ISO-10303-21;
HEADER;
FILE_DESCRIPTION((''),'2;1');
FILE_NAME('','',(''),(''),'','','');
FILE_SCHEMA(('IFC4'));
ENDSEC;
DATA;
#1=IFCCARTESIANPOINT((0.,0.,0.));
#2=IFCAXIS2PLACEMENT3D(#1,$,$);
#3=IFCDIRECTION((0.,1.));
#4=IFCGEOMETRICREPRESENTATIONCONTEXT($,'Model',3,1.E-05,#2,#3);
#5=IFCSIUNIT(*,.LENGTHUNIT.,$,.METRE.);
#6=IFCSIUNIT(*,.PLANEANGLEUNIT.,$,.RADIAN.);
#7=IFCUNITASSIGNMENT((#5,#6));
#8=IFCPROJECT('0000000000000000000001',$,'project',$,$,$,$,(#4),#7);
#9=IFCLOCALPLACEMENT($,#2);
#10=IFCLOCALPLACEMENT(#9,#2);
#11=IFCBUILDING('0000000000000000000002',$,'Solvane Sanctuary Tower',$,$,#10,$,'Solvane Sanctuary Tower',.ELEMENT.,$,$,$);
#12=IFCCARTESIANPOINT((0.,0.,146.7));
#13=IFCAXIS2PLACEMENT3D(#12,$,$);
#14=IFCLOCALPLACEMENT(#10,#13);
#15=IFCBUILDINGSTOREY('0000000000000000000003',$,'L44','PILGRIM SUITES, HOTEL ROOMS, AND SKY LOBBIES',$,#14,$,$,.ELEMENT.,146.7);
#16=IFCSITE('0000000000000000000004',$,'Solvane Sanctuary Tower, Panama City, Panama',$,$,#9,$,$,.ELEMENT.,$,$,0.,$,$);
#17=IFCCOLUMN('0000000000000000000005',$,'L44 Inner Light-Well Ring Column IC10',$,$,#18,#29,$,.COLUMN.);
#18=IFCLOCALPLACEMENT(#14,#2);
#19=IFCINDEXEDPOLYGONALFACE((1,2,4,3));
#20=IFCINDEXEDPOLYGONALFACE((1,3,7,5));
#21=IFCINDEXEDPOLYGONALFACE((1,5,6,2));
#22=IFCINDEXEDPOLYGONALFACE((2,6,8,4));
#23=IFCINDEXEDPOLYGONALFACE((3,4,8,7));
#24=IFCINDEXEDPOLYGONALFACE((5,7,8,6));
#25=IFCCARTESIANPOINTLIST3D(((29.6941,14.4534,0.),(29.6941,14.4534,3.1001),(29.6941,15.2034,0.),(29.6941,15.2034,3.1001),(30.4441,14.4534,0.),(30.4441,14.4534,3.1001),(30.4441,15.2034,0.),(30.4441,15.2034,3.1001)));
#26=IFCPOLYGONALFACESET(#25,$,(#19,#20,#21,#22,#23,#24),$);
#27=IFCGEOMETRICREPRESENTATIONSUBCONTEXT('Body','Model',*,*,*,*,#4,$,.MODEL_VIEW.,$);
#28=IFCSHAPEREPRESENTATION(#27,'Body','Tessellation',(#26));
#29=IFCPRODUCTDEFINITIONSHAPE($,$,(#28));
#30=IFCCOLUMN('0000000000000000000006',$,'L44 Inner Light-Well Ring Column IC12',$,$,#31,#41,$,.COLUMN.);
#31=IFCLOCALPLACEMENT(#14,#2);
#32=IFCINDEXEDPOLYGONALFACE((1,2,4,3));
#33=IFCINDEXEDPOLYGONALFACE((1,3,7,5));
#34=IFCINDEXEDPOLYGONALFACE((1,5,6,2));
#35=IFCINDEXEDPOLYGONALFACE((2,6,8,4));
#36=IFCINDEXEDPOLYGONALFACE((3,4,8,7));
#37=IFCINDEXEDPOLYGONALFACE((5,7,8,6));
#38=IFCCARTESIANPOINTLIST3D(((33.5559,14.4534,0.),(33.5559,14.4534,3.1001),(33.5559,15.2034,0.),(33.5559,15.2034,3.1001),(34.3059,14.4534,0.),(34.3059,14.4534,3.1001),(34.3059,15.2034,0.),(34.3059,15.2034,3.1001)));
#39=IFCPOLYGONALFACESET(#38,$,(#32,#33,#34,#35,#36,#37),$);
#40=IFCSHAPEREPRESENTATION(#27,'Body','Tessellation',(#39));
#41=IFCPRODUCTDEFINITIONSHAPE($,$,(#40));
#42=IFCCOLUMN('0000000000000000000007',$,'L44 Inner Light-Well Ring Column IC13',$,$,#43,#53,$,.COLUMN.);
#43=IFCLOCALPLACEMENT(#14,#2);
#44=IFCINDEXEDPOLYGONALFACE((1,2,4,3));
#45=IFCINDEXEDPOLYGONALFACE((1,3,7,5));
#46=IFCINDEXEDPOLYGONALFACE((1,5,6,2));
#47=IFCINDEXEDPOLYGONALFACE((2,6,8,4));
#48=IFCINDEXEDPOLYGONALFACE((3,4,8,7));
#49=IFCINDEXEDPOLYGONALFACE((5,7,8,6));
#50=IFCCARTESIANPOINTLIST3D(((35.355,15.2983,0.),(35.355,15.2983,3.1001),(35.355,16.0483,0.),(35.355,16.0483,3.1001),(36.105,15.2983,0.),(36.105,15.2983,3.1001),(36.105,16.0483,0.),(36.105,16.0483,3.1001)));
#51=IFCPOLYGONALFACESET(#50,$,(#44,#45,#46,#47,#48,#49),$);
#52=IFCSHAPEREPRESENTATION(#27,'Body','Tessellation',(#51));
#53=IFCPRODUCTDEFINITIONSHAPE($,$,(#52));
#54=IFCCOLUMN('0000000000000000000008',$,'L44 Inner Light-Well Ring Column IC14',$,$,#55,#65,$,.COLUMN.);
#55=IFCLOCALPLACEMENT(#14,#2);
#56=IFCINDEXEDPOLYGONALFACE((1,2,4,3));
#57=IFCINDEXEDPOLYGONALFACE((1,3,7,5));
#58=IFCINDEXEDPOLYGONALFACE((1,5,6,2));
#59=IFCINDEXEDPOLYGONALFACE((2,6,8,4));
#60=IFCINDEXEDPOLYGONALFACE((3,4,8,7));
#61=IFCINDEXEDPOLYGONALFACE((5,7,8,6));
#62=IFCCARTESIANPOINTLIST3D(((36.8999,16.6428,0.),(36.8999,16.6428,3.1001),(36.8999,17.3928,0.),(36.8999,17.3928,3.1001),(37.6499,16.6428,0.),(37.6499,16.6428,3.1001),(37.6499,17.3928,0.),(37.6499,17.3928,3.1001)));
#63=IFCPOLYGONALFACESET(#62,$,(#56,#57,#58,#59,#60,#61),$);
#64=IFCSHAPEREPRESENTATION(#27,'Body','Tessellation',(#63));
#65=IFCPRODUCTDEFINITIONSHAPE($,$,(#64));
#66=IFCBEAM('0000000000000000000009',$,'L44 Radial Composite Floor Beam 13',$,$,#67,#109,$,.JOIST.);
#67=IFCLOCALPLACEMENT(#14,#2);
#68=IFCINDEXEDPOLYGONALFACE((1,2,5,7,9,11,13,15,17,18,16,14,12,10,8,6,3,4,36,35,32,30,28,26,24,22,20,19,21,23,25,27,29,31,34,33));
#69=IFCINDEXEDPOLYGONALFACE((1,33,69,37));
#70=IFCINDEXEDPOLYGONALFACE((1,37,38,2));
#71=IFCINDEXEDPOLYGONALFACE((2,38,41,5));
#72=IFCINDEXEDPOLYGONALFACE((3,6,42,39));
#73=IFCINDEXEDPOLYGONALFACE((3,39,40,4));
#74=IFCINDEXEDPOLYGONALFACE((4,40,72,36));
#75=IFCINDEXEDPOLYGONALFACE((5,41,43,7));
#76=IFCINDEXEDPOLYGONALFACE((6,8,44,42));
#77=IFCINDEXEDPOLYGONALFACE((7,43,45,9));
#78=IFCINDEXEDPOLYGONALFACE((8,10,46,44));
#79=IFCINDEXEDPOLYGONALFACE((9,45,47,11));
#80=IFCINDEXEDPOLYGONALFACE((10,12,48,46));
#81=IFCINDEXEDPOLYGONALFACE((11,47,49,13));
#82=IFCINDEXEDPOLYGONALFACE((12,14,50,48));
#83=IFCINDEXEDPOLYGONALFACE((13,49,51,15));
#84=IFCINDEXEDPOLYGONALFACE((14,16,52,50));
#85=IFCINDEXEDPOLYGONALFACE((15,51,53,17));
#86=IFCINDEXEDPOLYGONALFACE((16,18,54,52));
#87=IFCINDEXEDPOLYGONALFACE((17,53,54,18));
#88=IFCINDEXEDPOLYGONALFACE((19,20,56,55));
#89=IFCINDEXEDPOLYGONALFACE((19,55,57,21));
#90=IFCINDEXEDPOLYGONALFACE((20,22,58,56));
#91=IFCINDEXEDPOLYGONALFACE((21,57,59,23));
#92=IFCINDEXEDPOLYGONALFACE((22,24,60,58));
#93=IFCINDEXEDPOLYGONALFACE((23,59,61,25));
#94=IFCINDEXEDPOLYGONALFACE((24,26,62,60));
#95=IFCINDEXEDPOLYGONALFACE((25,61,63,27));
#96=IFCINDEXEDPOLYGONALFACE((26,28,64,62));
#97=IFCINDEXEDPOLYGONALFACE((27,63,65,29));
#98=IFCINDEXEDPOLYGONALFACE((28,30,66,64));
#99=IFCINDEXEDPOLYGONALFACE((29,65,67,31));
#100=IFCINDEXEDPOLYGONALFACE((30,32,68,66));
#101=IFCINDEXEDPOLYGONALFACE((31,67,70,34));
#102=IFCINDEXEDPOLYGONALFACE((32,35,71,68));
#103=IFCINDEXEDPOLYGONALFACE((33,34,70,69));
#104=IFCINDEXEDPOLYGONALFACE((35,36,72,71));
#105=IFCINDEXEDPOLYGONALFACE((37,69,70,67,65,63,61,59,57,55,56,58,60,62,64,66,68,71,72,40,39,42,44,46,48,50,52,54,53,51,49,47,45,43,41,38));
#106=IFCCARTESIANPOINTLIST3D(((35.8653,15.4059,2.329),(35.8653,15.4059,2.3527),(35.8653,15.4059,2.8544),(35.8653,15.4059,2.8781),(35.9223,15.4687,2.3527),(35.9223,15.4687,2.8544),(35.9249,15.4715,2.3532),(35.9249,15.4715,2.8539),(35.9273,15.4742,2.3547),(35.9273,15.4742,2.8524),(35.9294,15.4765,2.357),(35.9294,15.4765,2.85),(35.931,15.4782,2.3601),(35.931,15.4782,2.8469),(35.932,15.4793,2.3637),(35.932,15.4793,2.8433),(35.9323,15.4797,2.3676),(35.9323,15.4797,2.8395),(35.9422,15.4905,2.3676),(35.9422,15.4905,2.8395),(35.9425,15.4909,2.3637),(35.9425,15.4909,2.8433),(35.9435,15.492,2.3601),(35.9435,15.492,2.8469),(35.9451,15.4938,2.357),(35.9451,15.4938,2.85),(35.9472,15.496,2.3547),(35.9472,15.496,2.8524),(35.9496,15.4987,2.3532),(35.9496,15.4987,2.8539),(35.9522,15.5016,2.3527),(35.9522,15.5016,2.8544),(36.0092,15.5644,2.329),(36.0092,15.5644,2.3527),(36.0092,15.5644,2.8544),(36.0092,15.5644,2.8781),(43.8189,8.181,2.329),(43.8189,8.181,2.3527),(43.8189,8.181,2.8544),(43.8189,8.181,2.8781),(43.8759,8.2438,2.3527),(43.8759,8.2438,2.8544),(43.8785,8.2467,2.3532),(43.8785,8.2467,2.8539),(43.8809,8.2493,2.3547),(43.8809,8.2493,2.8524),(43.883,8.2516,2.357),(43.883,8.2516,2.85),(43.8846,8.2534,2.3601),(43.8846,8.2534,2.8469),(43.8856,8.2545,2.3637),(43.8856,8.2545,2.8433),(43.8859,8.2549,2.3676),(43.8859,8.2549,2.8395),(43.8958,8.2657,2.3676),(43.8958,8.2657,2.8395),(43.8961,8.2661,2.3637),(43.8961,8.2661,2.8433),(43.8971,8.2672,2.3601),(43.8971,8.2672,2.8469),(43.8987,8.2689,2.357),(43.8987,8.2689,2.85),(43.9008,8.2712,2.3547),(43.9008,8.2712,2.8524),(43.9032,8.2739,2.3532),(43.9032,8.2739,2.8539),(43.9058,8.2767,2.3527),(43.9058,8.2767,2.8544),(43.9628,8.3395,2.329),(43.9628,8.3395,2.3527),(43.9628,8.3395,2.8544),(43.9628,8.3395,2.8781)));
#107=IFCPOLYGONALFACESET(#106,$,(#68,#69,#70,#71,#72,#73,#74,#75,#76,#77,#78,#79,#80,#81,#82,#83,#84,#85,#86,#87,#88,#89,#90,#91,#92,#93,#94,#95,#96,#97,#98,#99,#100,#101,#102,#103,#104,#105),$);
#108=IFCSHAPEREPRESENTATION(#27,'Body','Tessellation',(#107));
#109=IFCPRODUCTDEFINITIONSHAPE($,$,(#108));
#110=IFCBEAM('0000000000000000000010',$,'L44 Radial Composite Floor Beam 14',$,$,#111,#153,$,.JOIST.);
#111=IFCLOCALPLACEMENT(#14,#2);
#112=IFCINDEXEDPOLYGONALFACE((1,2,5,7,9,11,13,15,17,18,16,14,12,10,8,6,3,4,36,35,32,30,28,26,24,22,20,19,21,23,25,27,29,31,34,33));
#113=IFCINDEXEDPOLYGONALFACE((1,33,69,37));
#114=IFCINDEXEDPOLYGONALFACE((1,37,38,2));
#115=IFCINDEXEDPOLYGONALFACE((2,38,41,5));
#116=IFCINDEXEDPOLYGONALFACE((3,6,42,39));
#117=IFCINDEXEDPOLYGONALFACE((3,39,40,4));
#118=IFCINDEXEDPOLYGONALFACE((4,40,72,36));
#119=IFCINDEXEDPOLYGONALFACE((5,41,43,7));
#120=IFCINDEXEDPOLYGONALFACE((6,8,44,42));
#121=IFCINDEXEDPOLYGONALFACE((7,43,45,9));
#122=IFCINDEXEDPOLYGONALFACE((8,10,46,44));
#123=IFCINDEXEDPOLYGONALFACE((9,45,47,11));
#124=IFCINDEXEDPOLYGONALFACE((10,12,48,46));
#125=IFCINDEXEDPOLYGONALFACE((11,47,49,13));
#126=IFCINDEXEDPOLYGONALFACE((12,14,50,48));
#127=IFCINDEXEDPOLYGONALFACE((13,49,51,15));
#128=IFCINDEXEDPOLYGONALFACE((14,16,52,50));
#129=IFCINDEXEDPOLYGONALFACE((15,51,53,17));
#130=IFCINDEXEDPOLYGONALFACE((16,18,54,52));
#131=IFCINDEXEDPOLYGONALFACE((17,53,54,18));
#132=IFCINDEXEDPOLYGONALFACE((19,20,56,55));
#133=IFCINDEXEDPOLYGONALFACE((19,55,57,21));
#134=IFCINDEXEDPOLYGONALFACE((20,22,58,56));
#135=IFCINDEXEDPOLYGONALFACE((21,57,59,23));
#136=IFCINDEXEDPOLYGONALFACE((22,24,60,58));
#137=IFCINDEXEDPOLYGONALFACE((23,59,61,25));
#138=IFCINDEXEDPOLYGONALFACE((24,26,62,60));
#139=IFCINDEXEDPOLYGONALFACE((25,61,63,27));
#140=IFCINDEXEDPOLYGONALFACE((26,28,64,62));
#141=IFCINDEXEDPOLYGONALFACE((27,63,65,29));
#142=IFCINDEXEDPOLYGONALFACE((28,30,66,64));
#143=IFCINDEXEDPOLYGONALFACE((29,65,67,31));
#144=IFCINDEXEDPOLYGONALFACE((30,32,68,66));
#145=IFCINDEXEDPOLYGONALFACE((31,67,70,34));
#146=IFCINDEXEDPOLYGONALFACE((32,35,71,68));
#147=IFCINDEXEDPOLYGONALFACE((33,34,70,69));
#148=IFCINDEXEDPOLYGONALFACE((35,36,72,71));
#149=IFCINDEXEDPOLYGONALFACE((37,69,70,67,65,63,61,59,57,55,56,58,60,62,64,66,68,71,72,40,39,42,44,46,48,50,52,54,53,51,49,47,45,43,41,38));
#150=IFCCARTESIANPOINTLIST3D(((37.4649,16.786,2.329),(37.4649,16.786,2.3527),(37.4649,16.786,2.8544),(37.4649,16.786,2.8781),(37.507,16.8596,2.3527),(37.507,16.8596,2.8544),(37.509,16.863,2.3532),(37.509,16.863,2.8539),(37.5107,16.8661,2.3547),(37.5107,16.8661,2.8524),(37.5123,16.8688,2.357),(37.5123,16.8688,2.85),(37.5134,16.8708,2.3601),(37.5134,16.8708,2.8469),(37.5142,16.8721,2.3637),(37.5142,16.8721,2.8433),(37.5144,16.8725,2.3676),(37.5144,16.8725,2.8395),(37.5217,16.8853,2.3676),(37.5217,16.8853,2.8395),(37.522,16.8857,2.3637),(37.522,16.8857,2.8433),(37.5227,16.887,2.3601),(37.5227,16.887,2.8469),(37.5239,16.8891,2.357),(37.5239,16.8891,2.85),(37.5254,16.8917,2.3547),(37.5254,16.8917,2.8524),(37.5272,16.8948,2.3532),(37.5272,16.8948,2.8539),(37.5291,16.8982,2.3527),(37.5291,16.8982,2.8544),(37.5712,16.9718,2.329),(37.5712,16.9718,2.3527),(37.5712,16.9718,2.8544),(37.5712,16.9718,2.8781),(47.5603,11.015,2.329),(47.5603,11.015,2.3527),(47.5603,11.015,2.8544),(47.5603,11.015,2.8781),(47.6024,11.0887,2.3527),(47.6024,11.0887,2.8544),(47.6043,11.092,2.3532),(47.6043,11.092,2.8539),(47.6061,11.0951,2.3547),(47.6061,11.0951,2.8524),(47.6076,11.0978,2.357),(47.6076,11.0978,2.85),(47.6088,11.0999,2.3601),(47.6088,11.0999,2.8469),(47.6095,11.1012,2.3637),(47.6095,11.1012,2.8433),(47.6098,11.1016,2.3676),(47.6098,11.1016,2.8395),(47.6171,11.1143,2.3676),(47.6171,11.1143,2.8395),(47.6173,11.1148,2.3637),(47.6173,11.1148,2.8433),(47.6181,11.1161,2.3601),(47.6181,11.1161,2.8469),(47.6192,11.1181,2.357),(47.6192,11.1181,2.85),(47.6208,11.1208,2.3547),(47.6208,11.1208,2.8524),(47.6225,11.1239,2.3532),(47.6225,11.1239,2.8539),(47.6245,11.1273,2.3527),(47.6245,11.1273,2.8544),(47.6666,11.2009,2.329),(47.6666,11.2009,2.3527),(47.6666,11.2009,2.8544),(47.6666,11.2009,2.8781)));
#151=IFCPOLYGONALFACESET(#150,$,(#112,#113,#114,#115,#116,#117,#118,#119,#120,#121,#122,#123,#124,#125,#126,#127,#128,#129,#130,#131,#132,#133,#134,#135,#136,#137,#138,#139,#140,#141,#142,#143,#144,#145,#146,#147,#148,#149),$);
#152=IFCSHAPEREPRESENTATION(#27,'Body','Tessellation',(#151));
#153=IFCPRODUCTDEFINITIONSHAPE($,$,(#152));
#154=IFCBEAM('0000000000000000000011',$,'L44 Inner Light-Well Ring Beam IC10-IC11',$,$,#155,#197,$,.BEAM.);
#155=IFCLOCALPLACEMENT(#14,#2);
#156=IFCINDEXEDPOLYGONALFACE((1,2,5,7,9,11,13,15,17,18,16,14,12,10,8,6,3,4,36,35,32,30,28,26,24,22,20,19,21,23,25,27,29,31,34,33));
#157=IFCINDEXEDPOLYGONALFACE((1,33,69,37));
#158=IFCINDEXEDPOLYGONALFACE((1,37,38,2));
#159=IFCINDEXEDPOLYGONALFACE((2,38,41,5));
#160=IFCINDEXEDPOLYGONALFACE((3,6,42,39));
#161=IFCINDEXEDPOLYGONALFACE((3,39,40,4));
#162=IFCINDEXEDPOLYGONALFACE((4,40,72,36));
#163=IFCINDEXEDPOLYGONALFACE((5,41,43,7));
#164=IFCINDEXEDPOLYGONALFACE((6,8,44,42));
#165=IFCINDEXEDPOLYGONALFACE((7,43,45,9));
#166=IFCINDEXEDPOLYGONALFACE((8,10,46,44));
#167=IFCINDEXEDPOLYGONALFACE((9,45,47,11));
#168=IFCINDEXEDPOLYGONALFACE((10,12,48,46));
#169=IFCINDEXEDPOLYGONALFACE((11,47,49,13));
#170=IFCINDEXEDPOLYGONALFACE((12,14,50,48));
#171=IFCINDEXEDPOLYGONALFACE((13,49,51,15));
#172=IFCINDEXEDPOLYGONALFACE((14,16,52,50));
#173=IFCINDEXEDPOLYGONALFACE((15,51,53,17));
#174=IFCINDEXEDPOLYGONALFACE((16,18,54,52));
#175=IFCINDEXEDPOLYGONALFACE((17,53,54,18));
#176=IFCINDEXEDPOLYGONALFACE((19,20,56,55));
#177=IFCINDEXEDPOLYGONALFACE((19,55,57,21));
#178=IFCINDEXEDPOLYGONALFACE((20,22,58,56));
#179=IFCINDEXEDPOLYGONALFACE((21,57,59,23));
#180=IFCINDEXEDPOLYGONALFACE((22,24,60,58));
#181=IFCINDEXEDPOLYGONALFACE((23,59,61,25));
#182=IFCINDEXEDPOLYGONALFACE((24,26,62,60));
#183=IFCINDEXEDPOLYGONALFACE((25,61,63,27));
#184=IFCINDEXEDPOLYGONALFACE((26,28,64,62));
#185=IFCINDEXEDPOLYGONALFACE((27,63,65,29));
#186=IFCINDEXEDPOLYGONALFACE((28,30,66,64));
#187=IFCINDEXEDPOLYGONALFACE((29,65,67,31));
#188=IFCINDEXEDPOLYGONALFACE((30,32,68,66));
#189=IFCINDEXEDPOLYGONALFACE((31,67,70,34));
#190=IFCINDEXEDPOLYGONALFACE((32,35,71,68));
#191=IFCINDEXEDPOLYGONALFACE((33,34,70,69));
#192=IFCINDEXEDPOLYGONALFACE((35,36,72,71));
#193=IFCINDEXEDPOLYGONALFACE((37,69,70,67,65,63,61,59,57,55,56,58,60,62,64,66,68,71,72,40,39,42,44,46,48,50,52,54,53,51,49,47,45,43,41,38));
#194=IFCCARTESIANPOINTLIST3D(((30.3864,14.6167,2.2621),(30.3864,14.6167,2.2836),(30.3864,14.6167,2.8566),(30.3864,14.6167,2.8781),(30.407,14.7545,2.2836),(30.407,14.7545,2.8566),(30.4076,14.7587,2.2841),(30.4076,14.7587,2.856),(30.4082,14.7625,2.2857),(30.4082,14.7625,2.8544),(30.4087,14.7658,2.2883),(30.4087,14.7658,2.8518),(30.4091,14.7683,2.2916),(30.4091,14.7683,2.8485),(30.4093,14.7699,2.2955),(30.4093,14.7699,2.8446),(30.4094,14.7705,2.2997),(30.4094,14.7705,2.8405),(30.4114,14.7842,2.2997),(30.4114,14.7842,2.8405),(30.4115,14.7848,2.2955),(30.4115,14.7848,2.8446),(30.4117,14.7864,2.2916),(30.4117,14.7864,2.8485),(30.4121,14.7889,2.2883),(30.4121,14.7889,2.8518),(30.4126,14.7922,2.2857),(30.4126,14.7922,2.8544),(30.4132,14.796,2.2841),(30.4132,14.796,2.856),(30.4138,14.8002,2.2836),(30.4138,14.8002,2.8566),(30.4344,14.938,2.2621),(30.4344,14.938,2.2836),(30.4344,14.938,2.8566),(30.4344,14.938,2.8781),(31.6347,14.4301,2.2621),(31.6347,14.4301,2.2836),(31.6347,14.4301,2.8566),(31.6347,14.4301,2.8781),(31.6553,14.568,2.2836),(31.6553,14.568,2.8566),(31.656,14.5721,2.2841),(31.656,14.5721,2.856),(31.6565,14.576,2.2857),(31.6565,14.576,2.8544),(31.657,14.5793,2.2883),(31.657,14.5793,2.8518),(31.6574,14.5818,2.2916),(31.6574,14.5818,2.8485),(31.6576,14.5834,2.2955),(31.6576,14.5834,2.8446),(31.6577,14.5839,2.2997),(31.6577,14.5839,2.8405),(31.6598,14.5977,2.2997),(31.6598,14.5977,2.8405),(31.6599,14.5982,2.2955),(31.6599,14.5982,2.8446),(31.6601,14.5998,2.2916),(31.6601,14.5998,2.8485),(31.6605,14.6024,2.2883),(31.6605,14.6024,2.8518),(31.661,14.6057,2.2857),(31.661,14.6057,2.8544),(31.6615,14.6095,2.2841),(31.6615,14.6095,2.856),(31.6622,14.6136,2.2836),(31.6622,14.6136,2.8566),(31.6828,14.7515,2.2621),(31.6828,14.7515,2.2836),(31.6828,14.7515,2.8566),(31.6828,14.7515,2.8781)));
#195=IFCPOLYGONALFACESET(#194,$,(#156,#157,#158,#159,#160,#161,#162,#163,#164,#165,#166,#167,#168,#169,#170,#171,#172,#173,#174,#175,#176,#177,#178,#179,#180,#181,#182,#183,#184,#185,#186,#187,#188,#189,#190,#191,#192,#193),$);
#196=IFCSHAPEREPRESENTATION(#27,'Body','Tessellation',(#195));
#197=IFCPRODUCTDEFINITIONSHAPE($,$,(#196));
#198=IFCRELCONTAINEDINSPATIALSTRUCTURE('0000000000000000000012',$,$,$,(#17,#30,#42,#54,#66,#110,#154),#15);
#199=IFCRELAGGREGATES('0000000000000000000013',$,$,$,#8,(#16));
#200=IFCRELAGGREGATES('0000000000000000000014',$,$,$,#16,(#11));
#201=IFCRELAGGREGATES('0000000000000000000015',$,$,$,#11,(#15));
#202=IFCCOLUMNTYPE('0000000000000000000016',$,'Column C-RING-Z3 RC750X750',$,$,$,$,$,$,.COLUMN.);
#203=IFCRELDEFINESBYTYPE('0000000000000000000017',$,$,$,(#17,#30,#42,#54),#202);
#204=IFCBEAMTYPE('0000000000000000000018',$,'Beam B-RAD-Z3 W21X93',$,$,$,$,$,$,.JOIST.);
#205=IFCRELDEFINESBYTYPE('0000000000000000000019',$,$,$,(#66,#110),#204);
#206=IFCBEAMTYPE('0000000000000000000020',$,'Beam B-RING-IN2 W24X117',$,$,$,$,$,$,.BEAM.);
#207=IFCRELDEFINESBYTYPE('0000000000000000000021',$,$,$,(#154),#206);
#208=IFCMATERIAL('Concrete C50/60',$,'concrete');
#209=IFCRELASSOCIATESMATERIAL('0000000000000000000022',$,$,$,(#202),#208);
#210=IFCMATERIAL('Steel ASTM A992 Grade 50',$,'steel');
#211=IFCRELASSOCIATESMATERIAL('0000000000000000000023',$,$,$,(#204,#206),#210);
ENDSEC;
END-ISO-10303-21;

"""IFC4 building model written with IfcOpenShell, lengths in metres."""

from ifc_helpers import new_model, si_unit, direction, frame, origin, origin_2d, place, context, subcontext, project, spatial, rectangle, i_section, extrude, material, material_profile, profile_set, type_object, element, save


model = new_model("IFC4")

# Units and contexts
model_context = context("Model", 3, precision=1e-05, world=origin(), true_north=direction((0.0, 1.0)))
body_context = subcontext(model_context, "Body", "Model", "MODEL_VIEW")
ifc_project = project(units=[si_unit("LENGTHUNIT", "METRE"), si_unit("PLANEANGLEUNIT", "RADIAN")], contexts=[model_context])

# Site, building, storey
site_placement = place(None, origin())
site = spatial("IfcSite", under=ifc_project, at=site_placement, Name="Solvane Sanctuary Tower, Panama City, Panama", CompositionType="ELEMENT", RefElevation=0.0)
building_placement = place(site_placement, origin())
building = spatial("IfcBuilding", under=site, at=building_placement, Name="Solvane Sanctuary Tower", LongName="Solvane Sanctuary Tower", CompositionType="ELEMENT")
storey_placement = place(building_placement, frame((0.0, 0.0, 146.7)))
storey = spatial("IfcBuildingStorey", under=building, at=storey_placement, Name="L44", Description="PILGRIM SUITES, HOTEL ROOMS, AND SKY LOBBIES", CompositionType="ELEMENT", Elevation=146.7)

# Columns
ifc_material_1 = material(Name="Concrete C50/60", Category="concrete")
ifc_material_profile_1 = material_profile(ifc_material_1, rectangle(XDim=0.75, YDim=0.75, at=origin_2d()), Name="RC750X750")
ifc_profile_set_1 = profile_set([ifc_material_profile_1], Name="Concrete C50/60")
column_type = type_object("IfcColumnType", Name="Column C-RING-Z3 RC750X750", PredefinedType="COLUMN", material=ifc_profile_set_1)
for number, where, z_axis, x_axis, name in (
    (1, (30.0691, 14.8284, 0.0), (0.0, 0.0, 1.0), (1.0, 0.0, 0.0), "L44 Inner Light-Well Ring Column IC10"),
    (2, (33.9309, 14.8284, 0.0), (0.0, 0.0, 1.0), (1.0, 0.0, 0.0), "L44 Inner Light-Well Ring Column IC12"),
    (3, (35.73, 15.6733, 0.0), (0.0, 0.0, 1.0), (1.0, 0.0, 0.0), "L44 Inner Light-Well Ring Column IC13"),
    (4, (37.2749, 17.0178, 0.0), (0.0, 0.0, 1.0), (1.0, 0.0, 0.0), "L44 Inner Light-Well Ring Column IC14"),
):
    element("IfcColumn", number, at=place(storey_placement, frame(where, z_axis=z_axis, x_axis=x_axis)), inside=storey, type_object=column_type, Name=name, PredefinedType="COLUMN", context=body_context, shape_type="SweptSolid", body=[
        extrude(rectangle(XDim=0.75, YDim=0.75, at=origin_2d()), origin(), (0.0, 0.0, 1.0), 3.1001),
    ])

# Beams
ifc_material_2 = material(Name="Steel ASTM A992 Grade 50", Category="steel")
ifc_material_profile_2 = material_profile(ifc_material_2, i_section(OverallWidth=0.2141, OverallDepth=0.5491, WebThickness=0.0146, FlangeThickness=0.0237, FilletRadius=0.0149, at=origin_2d()), Name="W21X93")
ifc_profile_set_2 = profile_set([ifc_material_profile_2], Name="Steel ASTM A992 Grade 50")
beam_type_1 = type_object("IfcBeamType", Name="Beam B-RAD-Z3 W21X93", PredefinedType="JOIST", material=ifc_profile_set_2)
beam_1_placement = place(storey_placement, frame((35.9373, 15.4851, 2.6035), z_axis=(0.740204, -0.672382, 0.0), x_axis=(0.672382, 0.740204, 0.0)))
element("IfcBeam", 5, at=beam_1_placement, inside=storey, type_object=beam_type_1, Name="L44 Radial Composite Floor Beam 13", PredefinedType="JOIST", context=body_context, shape_type="SweptSolid", body=[
    extrude(i_section(OverallWidth=0.2141, OverallDepth=0.5491, WebThickness=0.0146, FlangeThickness=0.0237, FilletRadius=0.0149, at=origin_2d()), origin(), (0.0, 0.0, 1.0), 10.7451),
])
beam_2_placement = place(storey_placement, frame((37.5181, 16.8789, 2.6035), z_axis=(0.868163, -0.496279, 0.0), x_axis=(0.496279, 0.868163, 0.0)))
element("IfcBeam", 6, at=beam_2_placement, inside=storey, type_object=beam_type_1, Name="L44 Radial Composite Floor Beam 14", PredefinedType="JOIST", context=body_context, shape_type="SweptSolid", body=[
    extrude(i_section(OverallWidth=0.2141, OverallDepth=0.5491, WebThickness=0.0146, FlangeThickness=0.0237, FilletRadius=0.0149, at=origin_2d()), origin(), (0.0, 0.0, 1.0), 11.6284),
])
ifc_material_profile_3 = material_profile(ifc_material_2, i_section(OverallWidth=0.325, OverallDepth=0.616, WebThickness=0.0139, FlangeThickness=0.0215, FilletRadius=0.0161, at=origin_2d()), Name="W24X117")
ifc_profile_set_3 = profile_set([ifc_material_profile_3], Name="Steel ASTM A992 Grade 50")
beam_type_2 = type_object("IfcBeamType", Name="Beam B-RING-IN2 W24X117", PredefinedType="BEAM", material=ifc_profile_set_3)
for number, where, z_axis, x_axis, name in (
    (7, (30.4104, 14.7773, 2.5701), (0.98902, -0.147782, 0.0), (0.147782, 0.98902, 0.0), "L44 Inner Light-Well Ring Beam IC10-IC11"),
):
    element("IfcBeam", number, at=place(storey_placement, frame(where, z_axis=z_axis, x_axis=x_axis)), inside=storey, type_object=beam_type_2, Name=name, PredefinedType="BEAM", context=body_context, shape_type="SweptSolid", body=[
        extrude(i_section(OverallWidth=0.325, OverallDepth=0.616, WebThickness=0.0139, FlangeThickness=0.0215, FilletRadius=0.0161, at=origin_2d()), origin(), (0.0, 0.0, 1.0), 1.2622),
    ])

save(model, "model.ifc")
